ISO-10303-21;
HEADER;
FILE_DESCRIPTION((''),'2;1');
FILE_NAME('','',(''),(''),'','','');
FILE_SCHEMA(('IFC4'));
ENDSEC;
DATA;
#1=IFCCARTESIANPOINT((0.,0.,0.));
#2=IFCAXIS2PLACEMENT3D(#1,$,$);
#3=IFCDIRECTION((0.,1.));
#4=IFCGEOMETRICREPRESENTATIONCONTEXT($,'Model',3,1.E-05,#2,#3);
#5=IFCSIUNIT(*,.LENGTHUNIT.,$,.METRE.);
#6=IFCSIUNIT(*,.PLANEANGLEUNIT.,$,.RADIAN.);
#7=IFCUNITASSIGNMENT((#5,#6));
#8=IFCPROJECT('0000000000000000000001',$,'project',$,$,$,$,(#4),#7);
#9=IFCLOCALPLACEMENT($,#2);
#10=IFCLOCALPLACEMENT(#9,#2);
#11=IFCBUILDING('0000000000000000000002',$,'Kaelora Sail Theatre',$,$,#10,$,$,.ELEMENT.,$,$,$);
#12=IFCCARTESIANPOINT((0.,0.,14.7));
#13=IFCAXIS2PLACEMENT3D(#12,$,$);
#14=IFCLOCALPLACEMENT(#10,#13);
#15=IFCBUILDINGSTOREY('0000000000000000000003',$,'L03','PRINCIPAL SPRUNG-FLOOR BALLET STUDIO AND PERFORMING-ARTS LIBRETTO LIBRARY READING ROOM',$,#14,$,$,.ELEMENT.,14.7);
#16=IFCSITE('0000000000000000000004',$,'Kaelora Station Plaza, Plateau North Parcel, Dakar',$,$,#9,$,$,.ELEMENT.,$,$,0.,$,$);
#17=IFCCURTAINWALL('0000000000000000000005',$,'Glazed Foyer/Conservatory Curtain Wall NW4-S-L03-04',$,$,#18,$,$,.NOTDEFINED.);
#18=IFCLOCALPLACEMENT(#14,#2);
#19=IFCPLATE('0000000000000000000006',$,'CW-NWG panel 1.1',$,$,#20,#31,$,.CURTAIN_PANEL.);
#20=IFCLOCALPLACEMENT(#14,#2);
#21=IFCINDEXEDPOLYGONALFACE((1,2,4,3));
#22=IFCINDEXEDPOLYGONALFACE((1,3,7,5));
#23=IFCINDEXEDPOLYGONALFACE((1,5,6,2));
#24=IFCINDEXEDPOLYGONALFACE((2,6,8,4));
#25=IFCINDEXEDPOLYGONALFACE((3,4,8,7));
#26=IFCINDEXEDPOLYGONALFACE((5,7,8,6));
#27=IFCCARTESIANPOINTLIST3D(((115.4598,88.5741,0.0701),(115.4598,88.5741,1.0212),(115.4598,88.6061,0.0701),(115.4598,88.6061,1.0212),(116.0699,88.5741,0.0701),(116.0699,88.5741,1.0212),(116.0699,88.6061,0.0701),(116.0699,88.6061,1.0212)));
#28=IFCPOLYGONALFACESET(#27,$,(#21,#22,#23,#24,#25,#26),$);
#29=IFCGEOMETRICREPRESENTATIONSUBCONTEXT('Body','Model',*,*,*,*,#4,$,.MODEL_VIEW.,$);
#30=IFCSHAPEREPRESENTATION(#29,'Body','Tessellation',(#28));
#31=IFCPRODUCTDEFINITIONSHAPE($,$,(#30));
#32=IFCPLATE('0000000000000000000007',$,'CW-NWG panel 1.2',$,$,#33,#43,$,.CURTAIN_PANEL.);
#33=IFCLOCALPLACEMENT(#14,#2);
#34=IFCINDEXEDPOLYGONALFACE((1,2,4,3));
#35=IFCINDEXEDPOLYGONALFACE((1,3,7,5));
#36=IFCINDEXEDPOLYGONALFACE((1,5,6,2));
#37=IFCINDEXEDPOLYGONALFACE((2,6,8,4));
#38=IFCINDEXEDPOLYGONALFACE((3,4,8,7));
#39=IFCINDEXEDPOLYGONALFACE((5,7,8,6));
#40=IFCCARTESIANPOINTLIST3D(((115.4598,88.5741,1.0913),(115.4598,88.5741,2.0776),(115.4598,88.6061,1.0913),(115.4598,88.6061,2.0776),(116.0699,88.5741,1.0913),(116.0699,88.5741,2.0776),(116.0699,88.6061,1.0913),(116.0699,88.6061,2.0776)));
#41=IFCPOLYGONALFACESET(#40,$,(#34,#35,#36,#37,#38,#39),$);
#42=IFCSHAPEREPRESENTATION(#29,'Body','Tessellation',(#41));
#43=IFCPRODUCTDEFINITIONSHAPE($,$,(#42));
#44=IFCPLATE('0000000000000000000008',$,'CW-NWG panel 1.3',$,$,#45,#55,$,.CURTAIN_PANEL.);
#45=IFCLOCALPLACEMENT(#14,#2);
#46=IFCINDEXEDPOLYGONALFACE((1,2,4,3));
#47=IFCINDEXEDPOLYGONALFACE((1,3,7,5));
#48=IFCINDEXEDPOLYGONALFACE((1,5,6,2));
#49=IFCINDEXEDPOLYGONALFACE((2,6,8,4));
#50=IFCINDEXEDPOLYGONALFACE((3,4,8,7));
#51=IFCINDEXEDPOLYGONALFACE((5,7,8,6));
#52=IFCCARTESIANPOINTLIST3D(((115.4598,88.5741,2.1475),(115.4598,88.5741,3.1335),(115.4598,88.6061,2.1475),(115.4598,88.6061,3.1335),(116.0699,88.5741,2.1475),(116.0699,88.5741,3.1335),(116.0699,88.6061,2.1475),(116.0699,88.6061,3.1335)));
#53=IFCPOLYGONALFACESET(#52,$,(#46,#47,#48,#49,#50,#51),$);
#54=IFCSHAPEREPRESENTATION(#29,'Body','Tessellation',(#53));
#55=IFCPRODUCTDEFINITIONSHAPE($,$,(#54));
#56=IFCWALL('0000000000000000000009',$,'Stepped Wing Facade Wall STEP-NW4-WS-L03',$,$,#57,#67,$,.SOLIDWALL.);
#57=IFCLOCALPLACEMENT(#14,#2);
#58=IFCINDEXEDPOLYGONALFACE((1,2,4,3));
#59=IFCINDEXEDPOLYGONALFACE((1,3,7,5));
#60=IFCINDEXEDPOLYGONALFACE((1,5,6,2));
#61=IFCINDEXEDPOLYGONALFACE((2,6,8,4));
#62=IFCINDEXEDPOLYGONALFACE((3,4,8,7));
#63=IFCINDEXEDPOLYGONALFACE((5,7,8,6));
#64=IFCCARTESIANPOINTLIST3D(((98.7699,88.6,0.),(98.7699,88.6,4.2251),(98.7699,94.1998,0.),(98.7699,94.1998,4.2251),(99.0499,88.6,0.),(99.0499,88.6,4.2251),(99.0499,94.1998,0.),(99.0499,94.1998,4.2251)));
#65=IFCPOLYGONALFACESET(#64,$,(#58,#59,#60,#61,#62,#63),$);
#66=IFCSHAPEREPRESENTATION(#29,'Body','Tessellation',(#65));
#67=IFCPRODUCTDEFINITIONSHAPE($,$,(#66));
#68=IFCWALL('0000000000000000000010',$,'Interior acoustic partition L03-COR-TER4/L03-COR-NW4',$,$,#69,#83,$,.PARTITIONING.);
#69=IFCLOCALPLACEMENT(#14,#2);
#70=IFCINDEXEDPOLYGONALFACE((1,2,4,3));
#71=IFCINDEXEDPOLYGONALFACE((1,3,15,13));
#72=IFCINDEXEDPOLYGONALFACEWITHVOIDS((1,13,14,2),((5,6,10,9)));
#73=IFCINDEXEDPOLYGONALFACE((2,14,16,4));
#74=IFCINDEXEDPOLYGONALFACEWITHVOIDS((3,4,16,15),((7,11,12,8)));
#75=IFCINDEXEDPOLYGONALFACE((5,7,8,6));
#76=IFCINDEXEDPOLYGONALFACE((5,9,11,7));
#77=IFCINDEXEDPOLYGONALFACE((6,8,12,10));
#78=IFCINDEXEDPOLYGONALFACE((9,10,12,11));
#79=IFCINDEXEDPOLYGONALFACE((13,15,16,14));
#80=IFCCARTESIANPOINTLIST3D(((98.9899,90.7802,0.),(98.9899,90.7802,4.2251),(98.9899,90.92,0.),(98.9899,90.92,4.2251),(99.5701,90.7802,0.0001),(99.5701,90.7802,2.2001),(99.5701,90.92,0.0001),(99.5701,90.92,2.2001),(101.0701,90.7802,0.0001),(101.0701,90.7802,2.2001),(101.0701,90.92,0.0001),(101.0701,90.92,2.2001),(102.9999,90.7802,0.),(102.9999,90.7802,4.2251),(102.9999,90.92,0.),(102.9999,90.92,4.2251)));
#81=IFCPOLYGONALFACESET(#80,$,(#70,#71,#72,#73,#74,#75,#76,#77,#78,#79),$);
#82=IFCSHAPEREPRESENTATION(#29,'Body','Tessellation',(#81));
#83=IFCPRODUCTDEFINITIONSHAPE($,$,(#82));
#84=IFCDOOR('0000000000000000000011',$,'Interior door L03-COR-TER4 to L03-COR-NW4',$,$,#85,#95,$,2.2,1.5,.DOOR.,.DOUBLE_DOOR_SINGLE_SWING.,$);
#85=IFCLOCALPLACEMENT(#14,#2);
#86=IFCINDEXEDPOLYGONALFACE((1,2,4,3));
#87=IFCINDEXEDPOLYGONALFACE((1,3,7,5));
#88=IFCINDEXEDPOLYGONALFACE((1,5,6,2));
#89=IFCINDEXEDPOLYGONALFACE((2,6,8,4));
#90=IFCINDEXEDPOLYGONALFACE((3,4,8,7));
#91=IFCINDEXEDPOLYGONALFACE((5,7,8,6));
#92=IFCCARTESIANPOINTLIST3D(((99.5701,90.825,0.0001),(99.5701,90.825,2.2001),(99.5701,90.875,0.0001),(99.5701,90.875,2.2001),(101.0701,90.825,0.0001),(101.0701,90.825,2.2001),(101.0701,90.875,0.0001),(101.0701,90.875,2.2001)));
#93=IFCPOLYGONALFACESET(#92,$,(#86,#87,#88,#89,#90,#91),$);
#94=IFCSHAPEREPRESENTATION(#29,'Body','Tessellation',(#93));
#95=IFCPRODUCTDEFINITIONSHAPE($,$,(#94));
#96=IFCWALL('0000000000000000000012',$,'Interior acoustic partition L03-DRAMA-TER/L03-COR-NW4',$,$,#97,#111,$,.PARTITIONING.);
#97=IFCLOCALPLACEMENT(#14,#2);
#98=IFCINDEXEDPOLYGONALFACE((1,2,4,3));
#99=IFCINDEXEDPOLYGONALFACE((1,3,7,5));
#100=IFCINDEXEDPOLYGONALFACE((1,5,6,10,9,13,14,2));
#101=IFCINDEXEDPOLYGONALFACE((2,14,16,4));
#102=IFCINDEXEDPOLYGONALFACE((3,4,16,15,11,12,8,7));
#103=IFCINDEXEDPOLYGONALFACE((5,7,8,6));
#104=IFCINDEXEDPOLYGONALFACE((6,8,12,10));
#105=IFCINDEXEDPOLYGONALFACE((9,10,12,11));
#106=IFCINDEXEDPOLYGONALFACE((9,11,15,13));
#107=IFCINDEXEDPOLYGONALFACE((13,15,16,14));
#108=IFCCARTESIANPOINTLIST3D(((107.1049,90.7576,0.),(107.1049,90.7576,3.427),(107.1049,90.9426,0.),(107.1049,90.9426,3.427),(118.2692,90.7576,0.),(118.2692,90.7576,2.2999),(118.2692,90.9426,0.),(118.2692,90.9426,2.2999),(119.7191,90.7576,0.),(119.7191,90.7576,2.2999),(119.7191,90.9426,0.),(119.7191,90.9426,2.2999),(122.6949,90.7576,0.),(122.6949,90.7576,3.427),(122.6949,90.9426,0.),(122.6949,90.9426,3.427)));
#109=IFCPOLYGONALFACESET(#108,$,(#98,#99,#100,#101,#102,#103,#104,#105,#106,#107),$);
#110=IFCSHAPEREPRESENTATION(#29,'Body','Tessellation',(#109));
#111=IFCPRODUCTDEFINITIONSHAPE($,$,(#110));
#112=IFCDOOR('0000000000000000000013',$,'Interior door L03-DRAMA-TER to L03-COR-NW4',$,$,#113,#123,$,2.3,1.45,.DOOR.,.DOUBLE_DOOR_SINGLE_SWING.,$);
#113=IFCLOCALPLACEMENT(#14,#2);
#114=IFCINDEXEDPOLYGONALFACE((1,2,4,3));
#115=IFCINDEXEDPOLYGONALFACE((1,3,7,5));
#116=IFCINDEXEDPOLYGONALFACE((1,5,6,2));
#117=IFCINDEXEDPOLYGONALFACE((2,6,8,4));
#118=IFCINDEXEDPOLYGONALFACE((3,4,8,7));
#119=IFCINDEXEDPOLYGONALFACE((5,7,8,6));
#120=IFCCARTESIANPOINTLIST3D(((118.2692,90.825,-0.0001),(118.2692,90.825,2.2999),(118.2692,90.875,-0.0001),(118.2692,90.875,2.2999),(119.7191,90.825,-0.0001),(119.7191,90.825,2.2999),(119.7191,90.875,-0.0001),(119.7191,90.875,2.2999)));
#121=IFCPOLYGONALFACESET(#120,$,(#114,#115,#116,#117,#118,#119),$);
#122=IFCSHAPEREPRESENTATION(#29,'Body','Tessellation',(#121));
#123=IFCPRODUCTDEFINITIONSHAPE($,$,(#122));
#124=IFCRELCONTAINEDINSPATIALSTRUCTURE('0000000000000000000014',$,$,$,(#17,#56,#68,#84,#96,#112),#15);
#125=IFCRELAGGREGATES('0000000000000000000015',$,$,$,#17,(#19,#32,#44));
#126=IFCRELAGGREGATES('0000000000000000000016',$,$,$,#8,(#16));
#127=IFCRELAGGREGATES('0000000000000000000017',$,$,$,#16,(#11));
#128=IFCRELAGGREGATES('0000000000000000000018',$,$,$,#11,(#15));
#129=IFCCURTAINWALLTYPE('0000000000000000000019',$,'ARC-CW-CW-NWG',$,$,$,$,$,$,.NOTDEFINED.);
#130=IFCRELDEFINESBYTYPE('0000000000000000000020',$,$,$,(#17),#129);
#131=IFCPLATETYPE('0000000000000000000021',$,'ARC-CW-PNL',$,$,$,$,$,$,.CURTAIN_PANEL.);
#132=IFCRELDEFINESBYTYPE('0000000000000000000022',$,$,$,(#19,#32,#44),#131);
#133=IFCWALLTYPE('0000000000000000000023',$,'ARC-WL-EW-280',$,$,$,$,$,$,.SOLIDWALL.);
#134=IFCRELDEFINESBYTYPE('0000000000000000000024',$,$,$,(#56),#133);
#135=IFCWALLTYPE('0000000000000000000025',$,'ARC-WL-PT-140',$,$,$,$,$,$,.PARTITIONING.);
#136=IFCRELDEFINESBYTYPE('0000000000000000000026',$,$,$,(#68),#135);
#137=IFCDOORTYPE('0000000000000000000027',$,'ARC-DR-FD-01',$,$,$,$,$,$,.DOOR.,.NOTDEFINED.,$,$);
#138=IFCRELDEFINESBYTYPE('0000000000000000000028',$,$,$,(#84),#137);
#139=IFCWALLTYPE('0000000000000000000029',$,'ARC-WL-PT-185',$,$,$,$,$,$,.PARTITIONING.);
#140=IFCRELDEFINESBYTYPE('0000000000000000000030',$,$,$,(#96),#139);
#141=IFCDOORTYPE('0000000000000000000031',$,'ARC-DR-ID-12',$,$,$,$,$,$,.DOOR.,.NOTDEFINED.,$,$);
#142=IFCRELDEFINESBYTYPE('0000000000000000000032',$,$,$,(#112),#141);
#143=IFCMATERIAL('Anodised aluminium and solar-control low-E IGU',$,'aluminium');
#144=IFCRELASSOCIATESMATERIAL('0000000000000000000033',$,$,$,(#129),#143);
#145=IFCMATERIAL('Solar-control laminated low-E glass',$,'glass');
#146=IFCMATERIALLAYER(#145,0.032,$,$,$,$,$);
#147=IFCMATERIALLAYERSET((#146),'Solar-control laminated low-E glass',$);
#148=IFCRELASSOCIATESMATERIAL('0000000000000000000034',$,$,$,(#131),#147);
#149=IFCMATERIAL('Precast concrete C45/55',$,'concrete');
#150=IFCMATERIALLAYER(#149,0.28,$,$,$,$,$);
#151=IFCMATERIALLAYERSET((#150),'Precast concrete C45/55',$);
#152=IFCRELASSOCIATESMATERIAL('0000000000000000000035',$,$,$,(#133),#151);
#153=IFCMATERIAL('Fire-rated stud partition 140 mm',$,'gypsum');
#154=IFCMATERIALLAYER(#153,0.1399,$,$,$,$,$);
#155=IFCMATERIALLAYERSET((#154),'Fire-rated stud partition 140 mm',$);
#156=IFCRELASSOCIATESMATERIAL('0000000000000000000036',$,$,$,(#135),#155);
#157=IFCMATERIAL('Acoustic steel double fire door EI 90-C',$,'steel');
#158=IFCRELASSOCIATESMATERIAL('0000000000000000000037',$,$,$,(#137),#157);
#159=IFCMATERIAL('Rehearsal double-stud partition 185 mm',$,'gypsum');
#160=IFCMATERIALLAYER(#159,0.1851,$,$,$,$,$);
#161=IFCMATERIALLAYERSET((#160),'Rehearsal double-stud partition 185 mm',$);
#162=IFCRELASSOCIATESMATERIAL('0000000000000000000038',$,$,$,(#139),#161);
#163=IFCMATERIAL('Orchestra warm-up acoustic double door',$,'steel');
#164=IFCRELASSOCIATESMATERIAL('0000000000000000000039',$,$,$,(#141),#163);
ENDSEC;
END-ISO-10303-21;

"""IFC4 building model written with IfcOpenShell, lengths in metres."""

from ifc_helpers import new_model, si_unit, direction, frame, frame_2d, origin, origin_2d, place, context, subcontext, project, spatial, rectangle, extrude, material, layer, layer_set, type_object, element, fill, aggregate, save


model = new_model("IFC4")

# Units and contexts
model_context = context("Model", 3, precision=1e-05, world=origin(), true_north=direction((0.0, 1.0)))
body_context = subcontext(model_context, "Body", "Model", "MODEL_VIEW")
ifc_project = project(units=[si_unit("LENGTHUNIT", "METRE"), si_unit("PLANEANGLEUNIT", "RADIAN")], contexts=[model_context])

# Site, building, storey
site_placement = place(None, origin())
site = spatial("IfcSite", under=ifc_project, at=site_placement, Name="Kaelora Station Plaza, Plateau North Parcel, Dakar", CompositionType="ELEMENT", RefElevation=0.0)
building_placement = place(site_placement, origin())
building = spatial("IfcBuilding", under=site, at=building_placement, Name="Kaelora Sail Theatre", CompositionType="ELEMENT")
storey_placement = place(building_placement, frame((0.0, 0.0, 14.7)))
storey = spatial("IfcBuildingStorey", under=building, at=storey_placement, Name="L03", Description="PRINCIPAL SPRUNG-FLOOR BALLET STUDIO AND PERFORMING-ARTS LIBRETTO LIBRARY READING ROOM", CompositionType="ELEMENT", Elevation=14.7)

# Curtain wall
ifc_material_1 = material(Name="Anodised aluminium and solar-control low-E IGU", Category="aluminium")
curtain_wall_type = type_object("IfcCurtainWallType", Name="ARC-CW-CW-NWG", PredefinedType="NOTDEFINED", material=ifc_material_1)
curtain_wall_1_placement = place(storey_placement, origin())
curtain_wall_1 = element("IfcCurtainWall", 1, at=curtain_wall_1_placement, inside=storey, type_object=curtain_wall_type, Name="Glazed Foyer/Conservatory Curtain Wall NW4-S-L03-04", PredefinedType="NOTDEFINED")

# Plates
ifc_material_2 = material(Name="Solar-control laminated low-E glass", Category="glass")
ifc_layer_1 = layer(ifc_material_2, 0.032)
ifc_layer_set_1 = layer_set([ifc_layer_1], Name="Solar-control laminated low-E glass")
plate_type = type_object("IfcPlateType", Name="ARC-CW-PNL", PredefinedType="CURTAIN_PANEL", material=ifc_layer_set_1)
plate_1_placement = place(storey_placement, frame((115.7649, 88.5901, 0.0701), z_axis=(0.0, 0.0, 1.0), x_axis=(1.0, 0.0, 0.0)))
plate_1 = element("IfcPlate", 2, at=plate_1_placement, type_object=plate_type, Name="CW-NWG panel 1.1", PredefinedType="CURTAIN_PANEL", context=body_context, shape_type="SweptSolid", body=[
    extrude(rectangle(XDim=0.6101, YDim=0.032, at=origin_2d()), origin(), (0.0, 0.0, 1.0), 0.9512),
])
plate_2_placement = place(storey_placement, frame((115.7649, 88.5901, 1.0913), z_axis=(0.0, 0.0, 1.0), x_axis=(1.0, 0.0, 0.0)))
plate_2 = element("IfcPlate", 3, at=plate_2_placement, type_object=plate_type, Name="CW-NWG panel 1.2", PredefinedType="CURTAIN_PANEL", context=body_context, shape_type="SweptSolid", body=[
    extrude(rectangle(XDim=0.6101, YDim=0.032, at=origin_2d()), origin(), (0.0, 0.0, 1.0), 0.9863),
])
plate_3_placement = place(storey_placement, frame((115.7649, 88.5901, 2.1475), z_axis=(0.0, 0.0, 1.0), x_axis=(1.0, 0.0, 0.0)))
plate_3 = element("IfcPlate", 4, at=plate_3_placement, type_object=plate_type, Name="CW-NWG panel 1.3", PredefinedType="CURTAIN_PANEL", context=body_context, shape_type="SweptSolid", body=[
    extrude(rectangle(XDim=0.6101, YDim=0.032, at=origin_2d()), origin(), (0.0, 0.0, 1.0), 0.9861),
])
aggregate(curtain_wall_1, [plate_1, plate_2, plate_3])

# Wall
ifc_material_3 = material(Name="Precast concrete C45/55", Category="concrete")
ifc_layer_2 = layer(ifc_material_3, 0.28)
ifc_layer_set_2 = layer_set([ifc_layer_2], Name="Precast concrete C45/55")
wall_type_1 = type_object("IfcWallType", Name="ARC-WL-EW-280", PredefinedType="SOLIDWALL", material=ifc_layer_set_2)
wall_1_placement = place(storey_placement, frame((98.9099, 88.6001, 0.0), z_axis=(0.0, 0.0, 1.0), x_axis=(0.0, 1.0, 0.0)))
element("IfcWall", 5, at=wall_1_placement, inside=storey, type_object=wall_type_1, Name="Stepped Wing Facade Wall STEP-NW4-WS-L03", PredefinedType="SOLIDWALL", context=body_context, shape_type="SweptSolid", body=[
    extrude(rectangle(XDim=5.5999, YDim=0.28, at=frame_2d((2.7998, 0.0))), origin(), (0.0, 0.0, 1.0), 4.2251),
])

# Walls, openings, doors
ifc_material_4 = material(Name="Fire-rated stud partition 140 mm", Category="gypsum")
ifc_layer_3 = layer(ifc_material_4, 0.1399)
ifc_layer_set_3 = layer_set([ifc_layer_3], Name="Fire-rated stud partition 140 mm")
wall_type_2 = type_object("IfcWallType", Name="ARC-WL-PT-140", PredefinedType="PARTITIONING", material=ifc_layer_set_3)
wall_2_placement = place(storey_placement, frame((98.99, 90.8501, 0.0), z_axis=(0.0, 0.0, 1.0), x_axis=(1.0, 0.0, 0.0)))
wall_2 = element("IfcWall", 6, at=wall_2_placement, inside=storey, type_object=wall_type_2, Name="Interior acoustic partition L03-COR-TER4/L03-COR-NW4", PredefinedType="PARTITIONING", context=body_context, shape_type="SweptSolid", body=[
    extrude(rectangle(XDim=4.01, YDim=0.1399, at=frame_2d((2.0049, 0.0))), origin(), (0.0, 0.0, 1.0), 4.2251),
])
opening_1_placement = place(wall_2_placement, frame((0.5801, 0.0, 0.0)))
opening_1 = element("IfcOpeningElement", 7, at=opening_1_placement, cuts=wall_2, PredefinedType="OPENING", context=body_context, shape_type="SweptSolid", body=[
    extrude(rectangle(XDim=1.5, YDim=2.2, at=frame_2d((0.75, 1.1001))), frame((0.0, 0.0798, 0.0), z_axis=(0.0, -1.0, 0.0), x_axis=(1.0, 0.0, 0.0)), (0.0, 0.0, 1.0), 0.1599),
])
ifc_material_5 = material(Name="Acoustic steel double fire door EI 90-C", Category="steel")
door_type_1 = type_object("IfcDoorType", Name="ARC-DR-FD-01", OperationType="NOTDEFINED", PredefinedType="DOOR", material=ifc_material_5)
door_1_placement = place(opening_1_placement, origin())
door_1 = element("IfcDoor", 8, at=door_1_placement, inside=storey, type_object=door_type_1, Name="Interior door L03-COR-TER4 to L03-COR-NW4", OperationType="DOUBLE_DOOR_SINGLE_SWING", OverallHeight=2.2, OverallWidth=1.5, PredefinedType="DOOR", context=body_context, shape_type="SweptSolid", body=[
    extrude(rectangle(XDim=1.5, YDim=2.2, at=frame_2d((0.75, 1.1001))), frame((0.0, 0.0249, 0.0), z_axis=(0.0, -1.0, 0.0), x_axis=(1.0, 0.0, 0.0)), (0.0, 0.0, 1.0), 0.05),
])
fill(opening_1, door_1)
ifc_material_6 = material(Name="Rehearsal double-stud partition 185 mm", Category="gypsum")
ifc_layer_4 = layer(ifc_material_6, 0.1851)
ifc_layer_set_4 = layer_set([ifc_layer_4], Name="Rehearsal double-stud partition 185 mm")
wall_type_3 = type_object("IfcWallType", Name="ARC-WL-PT-185", PredefinedType="PARTITIONING", material=ifc_layer_set_4)
wall_3_placement = place(storey_placement, frame((107.105, 90.8501, 0.0), z_axis=(0.0, 0.0, 1.0), x_axis=(1.0, 0.0, 0.0)))
wall_3 = element("IfcWall", 9, at=wall_3_placement, inside=storey, type_object=wall_type_3, Name="Interior acoustic partition L03-DRAMA-TER/L03-COR-NW4", PredefinedType="PARTITIONING", context=body_context, shape_type="SweptSolid", body=[
    extrude(rectangle(XDim=15.5901, YDim=0.1851, at=frame_2d((7.7949, 0.0))), origin(), (0.0, 0.0, 1.0), 3.427),
])
opening_2_placement = place(wall_3_placement, frame((11.1641, 0.0, 0.0)))
opening_2 = element("IfcOpeningElement", 10, at=opening_2_placement, cuts=wall_3, PredefinedType="OPENING", context=body_context, shape_type="SweptSolid", body=[
    extrude(rectangle(XDim=1.45, YDim=2.3, at=frame_2d((0.7251, 1.1499))), frame((0.0, 0.1025, 0.0), z_axis=(0.0, -1.0, 0.0), x_axis=(1.0, 0.0, 0.0)), (0.0, 0.0, 1.0), 0.2051),
])
ifc_material_7 = material(Name="Orchestra warm-up acoustic double door", Category="steel")
door_type_2 = type_object("IfcDoorType", Name="ARC-DR-ID-12", OperationType="NOTDEFINED", PredefinedType="DOOR", material=ifc_material_7)
door_2_placement = place(opening_2_placement, origin())
door_2 = element("IfcDoor", 11, at=door_2_placement, inside=storey, type_object=door_type_2, Name="Interior door L03-DRAMA-TER to L03-COR-NW4", OperationType="DOUBLE_DOOR_SINGLE_SWING", OverallHeight=2.3, OverallWidth=1.45, PredefinedType="DOOR", context=body_context, shape_type="SweptSolid", body=[
    extrude(rectangle(XDim=1.45, YDim=2.3, at=frame_2d((0.7251, 1.1499))), frame((0.0, 0.0249, 0.0), z_axis=(0.0, -1.0, 0.0), x_axis=(1.0, 0.0, 0.0)), (0.0, 0.0, 1.0), 0.05),
])
fill(opening_2, door_2)

save(model, "model.ifc")
